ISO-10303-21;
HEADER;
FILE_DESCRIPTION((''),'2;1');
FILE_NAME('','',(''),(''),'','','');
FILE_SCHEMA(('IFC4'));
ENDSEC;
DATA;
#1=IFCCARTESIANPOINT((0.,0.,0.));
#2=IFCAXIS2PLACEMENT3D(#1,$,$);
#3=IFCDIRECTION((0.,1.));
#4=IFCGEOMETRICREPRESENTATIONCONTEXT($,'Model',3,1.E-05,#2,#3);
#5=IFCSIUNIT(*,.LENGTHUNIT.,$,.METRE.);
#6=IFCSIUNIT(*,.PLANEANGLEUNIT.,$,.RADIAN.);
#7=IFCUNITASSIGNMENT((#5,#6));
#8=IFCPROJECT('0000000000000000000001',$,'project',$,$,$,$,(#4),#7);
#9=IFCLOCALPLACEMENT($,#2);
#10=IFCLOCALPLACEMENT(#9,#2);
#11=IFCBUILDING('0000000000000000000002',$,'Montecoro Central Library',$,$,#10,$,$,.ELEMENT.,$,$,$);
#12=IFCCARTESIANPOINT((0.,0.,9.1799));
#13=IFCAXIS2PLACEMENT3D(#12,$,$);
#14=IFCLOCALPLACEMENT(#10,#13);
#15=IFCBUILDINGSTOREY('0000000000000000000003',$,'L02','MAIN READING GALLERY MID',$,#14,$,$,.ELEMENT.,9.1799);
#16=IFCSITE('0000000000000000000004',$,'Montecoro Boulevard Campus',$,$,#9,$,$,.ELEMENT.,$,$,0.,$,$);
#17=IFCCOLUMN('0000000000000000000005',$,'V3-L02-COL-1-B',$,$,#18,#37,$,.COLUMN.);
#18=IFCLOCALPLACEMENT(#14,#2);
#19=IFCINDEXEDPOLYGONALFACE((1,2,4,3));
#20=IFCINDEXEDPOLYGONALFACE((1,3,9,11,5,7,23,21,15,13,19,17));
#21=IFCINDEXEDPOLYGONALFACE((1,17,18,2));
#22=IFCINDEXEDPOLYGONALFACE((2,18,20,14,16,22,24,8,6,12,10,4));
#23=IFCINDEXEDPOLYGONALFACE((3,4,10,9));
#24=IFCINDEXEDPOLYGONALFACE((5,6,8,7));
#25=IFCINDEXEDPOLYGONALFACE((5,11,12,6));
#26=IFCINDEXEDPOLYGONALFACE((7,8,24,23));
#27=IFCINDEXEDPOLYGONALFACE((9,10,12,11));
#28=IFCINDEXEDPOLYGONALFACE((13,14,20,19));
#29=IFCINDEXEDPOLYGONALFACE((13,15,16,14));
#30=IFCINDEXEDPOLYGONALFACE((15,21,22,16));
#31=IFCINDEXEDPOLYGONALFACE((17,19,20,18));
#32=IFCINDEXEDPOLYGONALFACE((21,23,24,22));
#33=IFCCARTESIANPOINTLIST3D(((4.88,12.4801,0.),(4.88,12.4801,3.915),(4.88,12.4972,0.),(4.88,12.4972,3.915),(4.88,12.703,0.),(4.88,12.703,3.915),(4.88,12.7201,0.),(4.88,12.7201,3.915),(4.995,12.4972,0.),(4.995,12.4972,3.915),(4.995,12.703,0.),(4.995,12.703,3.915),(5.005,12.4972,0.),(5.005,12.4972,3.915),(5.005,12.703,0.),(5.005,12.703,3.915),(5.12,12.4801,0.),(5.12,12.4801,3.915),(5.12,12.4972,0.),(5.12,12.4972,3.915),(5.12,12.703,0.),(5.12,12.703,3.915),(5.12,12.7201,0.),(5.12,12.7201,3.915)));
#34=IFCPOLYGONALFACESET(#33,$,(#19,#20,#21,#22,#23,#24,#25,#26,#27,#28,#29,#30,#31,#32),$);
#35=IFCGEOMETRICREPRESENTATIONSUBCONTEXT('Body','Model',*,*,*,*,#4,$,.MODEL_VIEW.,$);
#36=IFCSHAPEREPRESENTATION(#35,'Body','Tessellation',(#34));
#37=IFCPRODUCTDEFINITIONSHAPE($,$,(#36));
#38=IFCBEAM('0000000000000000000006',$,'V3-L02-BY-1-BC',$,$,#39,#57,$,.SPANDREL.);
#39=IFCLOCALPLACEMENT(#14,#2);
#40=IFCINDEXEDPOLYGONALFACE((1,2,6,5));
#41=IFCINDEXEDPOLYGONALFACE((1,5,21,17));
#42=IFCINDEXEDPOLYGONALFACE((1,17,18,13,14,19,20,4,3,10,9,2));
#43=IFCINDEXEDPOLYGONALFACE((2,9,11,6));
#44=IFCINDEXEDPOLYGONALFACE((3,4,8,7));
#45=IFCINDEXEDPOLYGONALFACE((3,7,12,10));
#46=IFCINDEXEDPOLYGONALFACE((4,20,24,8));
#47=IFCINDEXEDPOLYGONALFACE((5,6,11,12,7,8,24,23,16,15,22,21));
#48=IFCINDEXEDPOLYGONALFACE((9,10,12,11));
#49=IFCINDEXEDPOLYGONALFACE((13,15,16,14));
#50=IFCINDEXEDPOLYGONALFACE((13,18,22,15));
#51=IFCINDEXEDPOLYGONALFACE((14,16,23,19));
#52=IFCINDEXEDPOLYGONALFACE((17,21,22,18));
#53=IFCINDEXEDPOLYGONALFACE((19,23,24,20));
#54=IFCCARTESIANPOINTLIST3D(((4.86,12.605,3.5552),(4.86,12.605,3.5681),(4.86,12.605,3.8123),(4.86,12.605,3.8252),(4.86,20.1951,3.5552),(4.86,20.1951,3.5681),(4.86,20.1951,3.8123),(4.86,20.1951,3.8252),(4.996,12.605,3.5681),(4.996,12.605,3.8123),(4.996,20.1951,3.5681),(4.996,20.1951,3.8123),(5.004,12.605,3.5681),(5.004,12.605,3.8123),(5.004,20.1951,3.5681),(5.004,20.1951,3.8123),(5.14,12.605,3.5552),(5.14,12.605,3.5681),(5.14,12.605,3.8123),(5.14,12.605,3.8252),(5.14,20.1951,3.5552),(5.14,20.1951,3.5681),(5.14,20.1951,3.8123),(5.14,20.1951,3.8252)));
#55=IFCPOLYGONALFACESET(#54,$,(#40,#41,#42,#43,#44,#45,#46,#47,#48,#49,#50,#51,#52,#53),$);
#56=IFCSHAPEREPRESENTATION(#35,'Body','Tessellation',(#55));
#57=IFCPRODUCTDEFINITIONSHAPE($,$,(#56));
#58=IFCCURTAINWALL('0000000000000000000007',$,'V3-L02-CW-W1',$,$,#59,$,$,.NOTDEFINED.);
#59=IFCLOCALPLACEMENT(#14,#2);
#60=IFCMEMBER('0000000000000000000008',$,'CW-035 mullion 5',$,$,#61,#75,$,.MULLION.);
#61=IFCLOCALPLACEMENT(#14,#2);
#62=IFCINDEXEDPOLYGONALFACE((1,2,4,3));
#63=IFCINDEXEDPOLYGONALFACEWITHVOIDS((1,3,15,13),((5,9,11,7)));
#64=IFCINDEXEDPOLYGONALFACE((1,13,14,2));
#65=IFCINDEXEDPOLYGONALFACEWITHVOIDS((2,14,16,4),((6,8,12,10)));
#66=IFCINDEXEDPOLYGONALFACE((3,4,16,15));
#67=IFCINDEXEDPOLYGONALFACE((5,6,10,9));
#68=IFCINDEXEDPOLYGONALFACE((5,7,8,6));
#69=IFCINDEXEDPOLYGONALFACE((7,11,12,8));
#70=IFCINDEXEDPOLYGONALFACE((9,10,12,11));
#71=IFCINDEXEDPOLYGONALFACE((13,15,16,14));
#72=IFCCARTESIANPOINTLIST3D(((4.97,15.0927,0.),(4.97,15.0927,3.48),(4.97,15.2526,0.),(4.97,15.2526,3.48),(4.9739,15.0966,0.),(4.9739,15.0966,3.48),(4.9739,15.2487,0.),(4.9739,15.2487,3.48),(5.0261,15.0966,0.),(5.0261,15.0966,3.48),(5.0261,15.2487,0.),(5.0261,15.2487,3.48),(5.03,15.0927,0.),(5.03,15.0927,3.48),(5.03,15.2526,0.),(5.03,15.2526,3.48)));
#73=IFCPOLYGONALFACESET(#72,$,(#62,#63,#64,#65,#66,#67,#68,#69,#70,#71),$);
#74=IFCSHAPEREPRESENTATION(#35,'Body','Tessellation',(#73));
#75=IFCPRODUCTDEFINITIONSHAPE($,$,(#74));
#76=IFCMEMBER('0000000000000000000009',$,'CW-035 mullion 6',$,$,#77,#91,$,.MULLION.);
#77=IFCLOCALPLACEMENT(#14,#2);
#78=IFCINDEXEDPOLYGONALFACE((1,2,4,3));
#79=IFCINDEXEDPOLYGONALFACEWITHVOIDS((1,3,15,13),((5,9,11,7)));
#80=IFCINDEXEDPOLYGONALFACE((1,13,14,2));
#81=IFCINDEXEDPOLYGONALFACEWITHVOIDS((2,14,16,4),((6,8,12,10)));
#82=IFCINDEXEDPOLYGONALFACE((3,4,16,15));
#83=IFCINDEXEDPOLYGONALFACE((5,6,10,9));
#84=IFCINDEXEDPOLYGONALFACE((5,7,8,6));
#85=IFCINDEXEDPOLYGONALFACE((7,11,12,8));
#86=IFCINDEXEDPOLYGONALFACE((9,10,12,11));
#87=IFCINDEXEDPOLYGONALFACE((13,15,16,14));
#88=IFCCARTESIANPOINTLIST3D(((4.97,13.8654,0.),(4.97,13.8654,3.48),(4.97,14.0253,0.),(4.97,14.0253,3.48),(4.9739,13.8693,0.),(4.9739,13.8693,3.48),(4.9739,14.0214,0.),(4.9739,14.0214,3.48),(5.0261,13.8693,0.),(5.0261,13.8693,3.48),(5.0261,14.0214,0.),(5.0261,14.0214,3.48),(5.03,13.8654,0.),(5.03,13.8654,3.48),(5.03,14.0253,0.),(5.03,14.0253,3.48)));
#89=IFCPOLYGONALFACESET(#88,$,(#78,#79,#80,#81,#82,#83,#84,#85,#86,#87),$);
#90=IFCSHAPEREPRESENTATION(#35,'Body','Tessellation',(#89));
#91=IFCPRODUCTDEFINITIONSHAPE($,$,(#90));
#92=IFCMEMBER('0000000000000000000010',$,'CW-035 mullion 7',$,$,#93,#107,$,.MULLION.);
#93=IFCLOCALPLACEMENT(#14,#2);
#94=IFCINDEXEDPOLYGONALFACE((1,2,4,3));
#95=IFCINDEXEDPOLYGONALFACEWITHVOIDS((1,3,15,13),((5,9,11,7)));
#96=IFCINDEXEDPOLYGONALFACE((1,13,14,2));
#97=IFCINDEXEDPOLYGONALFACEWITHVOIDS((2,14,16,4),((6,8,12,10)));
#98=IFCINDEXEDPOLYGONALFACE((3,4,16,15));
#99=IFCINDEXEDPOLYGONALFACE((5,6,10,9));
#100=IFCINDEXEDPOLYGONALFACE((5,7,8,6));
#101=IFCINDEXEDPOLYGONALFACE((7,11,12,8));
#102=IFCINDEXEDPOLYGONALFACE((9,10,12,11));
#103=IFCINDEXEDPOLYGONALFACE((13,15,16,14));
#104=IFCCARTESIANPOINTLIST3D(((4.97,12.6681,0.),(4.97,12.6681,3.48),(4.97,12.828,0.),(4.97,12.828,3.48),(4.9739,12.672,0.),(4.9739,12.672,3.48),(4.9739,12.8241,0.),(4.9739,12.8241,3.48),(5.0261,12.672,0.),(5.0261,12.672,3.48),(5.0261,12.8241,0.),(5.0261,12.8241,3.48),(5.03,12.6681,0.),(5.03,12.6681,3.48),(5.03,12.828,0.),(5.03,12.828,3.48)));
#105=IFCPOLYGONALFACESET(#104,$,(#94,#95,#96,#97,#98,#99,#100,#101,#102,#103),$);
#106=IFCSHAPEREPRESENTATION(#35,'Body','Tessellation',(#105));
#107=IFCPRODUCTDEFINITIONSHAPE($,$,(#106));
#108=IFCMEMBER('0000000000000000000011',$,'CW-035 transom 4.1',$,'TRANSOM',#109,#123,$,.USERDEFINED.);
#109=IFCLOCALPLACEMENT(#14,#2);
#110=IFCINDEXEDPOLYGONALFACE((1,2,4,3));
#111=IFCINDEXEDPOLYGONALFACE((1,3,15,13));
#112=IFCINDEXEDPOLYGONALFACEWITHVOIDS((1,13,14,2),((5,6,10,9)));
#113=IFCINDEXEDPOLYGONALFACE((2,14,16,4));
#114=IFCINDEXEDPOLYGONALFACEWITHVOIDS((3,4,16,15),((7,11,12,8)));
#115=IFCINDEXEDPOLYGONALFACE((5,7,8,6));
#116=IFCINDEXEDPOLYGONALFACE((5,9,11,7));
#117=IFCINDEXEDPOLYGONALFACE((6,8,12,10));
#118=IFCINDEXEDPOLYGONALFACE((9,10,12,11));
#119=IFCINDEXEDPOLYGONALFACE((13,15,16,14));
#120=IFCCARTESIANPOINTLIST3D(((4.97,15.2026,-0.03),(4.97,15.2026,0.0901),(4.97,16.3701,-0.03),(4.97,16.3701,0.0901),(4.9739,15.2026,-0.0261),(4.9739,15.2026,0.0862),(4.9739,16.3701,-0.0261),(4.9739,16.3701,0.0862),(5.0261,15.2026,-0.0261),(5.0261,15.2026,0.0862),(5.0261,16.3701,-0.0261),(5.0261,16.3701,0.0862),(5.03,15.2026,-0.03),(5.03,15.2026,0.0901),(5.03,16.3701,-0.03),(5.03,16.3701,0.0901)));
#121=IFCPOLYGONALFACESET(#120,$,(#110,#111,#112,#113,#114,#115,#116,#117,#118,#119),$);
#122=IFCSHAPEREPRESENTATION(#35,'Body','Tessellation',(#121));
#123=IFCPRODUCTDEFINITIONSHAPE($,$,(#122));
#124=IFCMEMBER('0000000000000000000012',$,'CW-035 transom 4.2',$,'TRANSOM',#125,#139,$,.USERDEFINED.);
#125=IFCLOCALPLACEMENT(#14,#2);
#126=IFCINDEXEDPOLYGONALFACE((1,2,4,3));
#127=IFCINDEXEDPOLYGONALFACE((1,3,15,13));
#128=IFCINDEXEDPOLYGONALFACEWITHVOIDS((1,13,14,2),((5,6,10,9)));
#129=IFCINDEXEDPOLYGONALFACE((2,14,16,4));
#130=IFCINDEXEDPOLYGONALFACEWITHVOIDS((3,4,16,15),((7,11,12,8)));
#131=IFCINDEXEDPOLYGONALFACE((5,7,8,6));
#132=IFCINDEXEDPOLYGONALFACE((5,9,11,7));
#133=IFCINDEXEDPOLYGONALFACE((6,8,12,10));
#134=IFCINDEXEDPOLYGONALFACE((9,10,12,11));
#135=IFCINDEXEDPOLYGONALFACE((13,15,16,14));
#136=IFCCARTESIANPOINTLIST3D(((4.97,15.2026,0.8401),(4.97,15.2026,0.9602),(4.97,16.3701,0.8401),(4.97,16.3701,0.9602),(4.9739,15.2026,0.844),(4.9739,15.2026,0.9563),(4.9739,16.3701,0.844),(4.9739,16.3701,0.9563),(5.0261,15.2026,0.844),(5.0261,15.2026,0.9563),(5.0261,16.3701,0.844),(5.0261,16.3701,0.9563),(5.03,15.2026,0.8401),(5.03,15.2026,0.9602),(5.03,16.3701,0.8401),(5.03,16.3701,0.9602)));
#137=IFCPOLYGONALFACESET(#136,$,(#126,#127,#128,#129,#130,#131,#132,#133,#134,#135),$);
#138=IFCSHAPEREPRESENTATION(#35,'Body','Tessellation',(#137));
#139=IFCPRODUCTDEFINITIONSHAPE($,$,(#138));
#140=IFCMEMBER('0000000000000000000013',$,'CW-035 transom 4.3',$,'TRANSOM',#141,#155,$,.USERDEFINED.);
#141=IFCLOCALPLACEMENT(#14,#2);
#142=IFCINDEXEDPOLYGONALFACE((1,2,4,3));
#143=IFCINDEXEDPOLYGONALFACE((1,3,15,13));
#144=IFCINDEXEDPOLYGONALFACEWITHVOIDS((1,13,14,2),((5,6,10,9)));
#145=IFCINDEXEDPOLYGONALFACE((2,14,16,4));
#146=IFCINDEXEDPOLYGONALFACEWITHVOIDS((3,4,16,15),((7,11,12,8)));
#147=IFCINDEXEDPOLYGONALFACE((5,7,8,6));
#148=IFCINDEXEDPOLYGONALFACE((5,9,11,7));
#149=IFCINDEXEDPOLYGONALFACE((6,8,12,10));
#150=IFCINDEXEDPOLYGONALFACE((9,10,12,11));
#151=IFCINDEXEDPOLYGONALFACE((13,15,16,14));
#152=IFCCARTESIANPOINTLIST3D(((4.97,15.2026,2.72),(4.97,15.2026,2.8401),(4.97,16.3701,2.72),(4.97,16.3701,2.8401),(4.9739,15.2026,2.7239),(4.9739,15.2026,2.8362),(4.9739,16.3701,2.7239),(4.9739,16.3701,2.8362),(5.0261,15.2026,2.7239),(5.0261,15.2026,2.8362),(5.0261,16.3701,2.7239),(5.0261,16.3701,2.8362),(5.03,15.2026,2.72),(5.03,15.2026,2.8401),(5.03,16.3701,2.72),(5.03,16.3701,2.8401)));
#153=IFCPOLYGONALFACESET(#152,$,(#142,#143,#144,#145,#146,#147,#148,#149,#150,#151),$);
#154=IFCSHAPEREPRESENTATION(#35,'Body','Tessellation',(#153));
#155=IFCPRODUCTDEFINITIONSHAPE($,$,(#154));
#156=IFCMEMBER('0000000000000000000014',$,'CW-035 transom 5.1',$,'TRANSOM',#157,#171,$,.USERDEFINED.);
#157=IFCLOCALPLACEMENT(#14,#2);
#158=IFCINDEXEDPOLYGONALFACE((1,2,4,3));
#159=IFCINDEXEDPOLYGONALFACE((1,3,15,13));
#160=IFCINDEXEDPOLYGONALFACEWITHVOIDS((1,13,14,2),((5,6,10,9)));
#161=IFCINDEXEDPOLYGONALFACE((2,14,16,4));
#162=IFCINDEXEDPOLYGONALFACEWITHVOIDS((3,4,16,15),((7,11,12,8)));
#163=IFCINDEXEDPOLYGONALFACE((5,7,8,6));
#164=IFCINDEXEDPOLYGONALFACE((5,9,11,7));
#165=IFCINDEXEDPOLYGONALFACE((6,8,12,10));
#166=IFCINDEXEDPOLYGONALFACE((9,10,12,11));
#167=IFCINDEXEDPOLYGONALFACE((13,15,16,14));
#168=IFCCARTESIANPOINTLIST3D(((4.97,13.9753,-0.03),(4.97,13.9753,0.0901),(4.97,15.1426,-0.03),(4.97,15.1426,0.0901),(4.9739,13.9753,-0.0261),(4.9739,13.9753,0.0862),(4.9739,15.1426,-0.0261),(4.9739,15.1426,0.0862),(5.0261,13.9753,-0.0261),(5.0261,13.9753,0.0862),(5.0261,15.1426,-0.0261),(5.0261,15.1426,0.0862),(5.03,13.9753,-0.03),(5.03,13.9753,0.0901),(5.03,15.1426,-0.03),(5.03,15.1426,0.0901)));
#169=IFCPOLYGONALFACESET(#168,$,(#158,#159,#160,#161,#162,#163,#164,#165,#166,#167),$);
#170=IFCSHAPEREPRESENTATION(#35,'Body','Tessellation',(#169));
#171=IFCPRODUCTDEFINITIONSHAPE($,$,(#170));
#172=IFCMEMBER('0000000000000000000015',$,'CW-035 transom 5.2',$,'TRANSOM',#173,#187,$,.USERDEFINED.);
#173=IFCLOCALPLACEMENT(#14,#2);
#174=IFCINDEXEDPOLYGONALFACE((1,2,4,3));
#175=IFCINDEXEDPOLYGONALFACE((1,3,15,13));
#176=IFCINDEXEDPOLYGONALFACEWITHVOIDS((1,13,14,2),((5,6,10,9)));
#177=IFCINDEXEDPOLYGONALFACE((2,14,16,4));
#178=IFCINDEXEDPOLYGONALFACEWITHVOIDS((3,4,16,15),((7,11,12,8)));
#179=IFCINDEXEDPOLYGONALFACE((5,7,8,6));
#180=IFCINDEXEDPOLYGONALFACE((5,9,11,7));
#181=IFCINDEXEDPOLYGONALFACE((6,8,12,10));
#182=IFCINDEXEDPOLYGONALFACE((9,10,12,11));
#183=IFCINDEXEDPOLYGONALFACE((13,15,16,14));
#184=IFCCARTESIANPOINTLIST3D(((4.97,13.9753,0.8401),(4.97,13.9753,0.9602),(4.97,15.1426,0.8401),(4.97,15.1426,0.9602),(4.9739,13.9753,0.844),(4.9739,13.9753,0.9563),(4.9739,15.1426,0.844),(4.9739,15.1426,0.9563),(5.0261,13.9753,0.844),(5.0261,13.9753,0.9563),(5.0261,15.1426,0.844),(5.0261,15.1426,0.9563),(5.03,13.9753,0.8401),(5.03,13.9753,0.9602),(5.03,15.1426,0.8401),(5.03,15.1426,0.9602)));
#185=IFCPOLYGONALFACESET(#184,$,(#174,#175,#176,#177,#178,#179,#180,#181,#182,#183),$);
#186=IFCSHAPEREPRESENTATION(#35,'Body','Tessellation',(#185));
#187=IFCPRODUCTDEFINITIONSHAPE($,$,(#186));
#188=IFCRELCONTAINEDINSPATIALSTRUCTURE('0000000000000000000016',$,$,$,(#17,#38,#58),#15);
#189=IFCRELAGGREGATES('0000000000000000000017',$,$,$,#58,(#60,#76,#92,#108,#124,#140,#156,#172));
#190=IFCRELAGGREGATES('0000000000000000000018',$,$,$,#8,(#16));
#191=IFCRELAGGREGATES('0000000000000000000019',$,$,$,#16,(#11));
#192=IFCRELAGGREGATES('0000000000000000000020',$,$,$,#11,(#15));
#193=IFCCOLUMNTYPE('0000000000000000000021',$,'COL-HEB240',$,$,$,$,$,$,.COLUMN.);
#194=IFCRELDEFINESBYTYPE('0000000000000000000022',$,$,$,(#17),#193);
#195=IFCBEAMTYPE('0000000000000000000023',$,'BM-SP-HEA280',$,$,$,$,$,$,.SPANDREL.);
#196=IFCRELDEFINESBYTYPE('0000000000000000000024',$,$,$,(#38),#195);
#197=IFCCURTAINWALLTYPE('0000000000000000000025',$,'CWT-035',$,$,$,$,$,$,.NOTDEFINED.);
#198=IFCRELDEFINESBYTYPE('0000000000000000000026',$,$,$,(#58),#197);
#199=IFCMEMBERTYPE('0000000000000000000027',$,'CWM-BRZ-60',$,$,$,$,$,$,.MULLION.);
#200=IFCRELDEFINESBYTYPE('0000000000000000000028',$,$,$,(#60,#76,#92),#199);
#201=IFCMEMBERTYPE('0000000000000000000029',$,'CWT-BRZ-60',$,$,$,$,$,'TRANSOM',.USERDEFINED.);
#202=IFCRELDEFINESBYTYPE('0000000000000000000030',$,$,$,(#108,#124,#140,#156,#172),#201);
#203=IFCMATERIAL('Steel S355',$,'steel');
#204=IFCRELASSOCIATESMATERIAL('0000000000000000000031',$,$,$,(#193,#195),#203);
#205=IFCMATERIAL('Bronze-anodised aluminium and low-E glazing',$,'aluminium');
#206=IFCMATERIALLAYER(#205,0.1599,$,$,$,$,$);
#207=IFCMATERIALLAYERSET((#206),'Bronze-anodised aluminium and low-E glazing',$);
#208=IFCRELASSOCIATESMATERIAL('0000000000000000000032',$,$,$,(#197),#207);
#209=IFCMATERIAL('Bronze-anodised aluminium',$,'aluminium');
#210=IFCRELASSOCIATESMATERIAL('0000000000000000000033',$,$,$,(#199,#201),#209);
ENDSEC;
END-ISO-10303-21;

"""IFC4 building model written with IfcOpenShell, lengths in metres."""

from ifc_helpers import new_model, si_unit, direction, frame, origin, origin_2d, place, context, subcontext, project, spatial, hollow_rectangle, i_section, extrude, material, layer, layer_set, material_profile, profile_set, type_object, element, aggregate, save


model = new_model("IFC4")

# Units and contexts
model_context = context("Model", 3, precision=1e-05, world=origin(), true_north=direction((0.0, 1.0)))
body_context = subcontext(model_context, "Body", "Model", "MODEL_VIEW")
ifc_project = project(units=[si_unit("LENGTHUNIT", "METRE"), si_unit("PLANEANGLEUNIT", "RADIAN")], contexts=[model_context])

# Site, building, storey
site_placement = place(None, origin())
site = spatial("IfcSite", under=ifc_project, at=site_placement, Name="Montecoro Boulevard Campus", CompositionType="ELEMENT", RefElevation=0.0)
building_placement = place(site_placement, origin())
building = spatial("IfcBuilding", under=site, at=building_placement, Name="Montecoro Central Library", CompositionType="ELEMENT")
storey_placement = place(building_placement, frame((0.0, 0.0, 9.1799)))
storey = spatial("IfcBuildingStorey", under=building, at=storey_placement, Name="L02", Description="MAIN READING GALLERY MID", CompositionType="ELEMENT", Elevation=9.1799)

# Column
ifc_material_1 = material(Name="Steel S355", Category="steel")
ifc_material_profile_1 = material_profile(ifc_material_1, i_section(OverallWidth=0.24, OverallDepth=0.24, WebThickness=0.01, FlangeThickness=0.0171, at=origin_2d()), Name="HEB 240")
ifc_profile_set_1 = profile_set([ifc_material_profile_1], Name="Steel S355")
column_type = type_object("IfcColumnType", Name="COL-HEB240", PredefinedType="COLUMN", material=ifc_profile_set_1)
column_placement = place(storey_placement, frame((5.0, 12.6001, 0.0), z_axis=(0.0, 0.0, 1.0), x_axis=(1.0, 0.0, 0.0)))
element("IfcColumn", 1, at=column_placement, inside=storey, type_object=column_type, Name="V3-L02-COL-1-B", PredefinedType="COLUMN", context=body_context, shape_type="SweptSolid", body=[
    extrude(i_section(OverallWidth=0.24, OverallDepth=0.24, WebThickness=0.01, FlangeThickness=0.0171, at=origin_2d()), origin(), (0.0, 0.0, 1.0), 3.915),
])

# Beam
ifc_material_profile_2 = material_profile(ifc_material_1, i_section(OverallWidth=0.28, OverallDepth=0.27, WebThickness=0.0081, FlangeThickness=0.0129, at=origin_2d()), Name="HEA 280")
ifc_profile_set_2 = profile_set([ifc_material_profile_2], Name="Steel S355")
beam_type = type_object("IfcBeamType", Name="BM-SP-HEA280", PredefinedType="SPANDREL", material=ifc_profile_set_2)
beam_placement = place(storey_placement, frame((5.0, 12.605, 3.6902), z_axis=(0.0, 1.0, 0.0), x_axis=(-1.0, 0.0, 0.0)))
element("IfcBeam", 2, at=beam_placement, inside=storey, type_object=beam_type, Name="V3-L02-BY-1-BC", PredefinedType="SPANDREL", context=body_context, shape_type="SweptSolid", body=[
    extrude(i_section(OverallWidth=0.28, OverallDepth=0.27, WebThickness=0.0081, FlangeThickness=0.0129, at=origin_2d()), origin(), (0.0, 0.0, 1.0), 7.5901),
])

# Curtain wall, members
ifc_material_2 = material(Name="Bronze-anodised aluminium and low-E glazing", Category="aluminium")
ifc_layer_1 = layer(ifc_material_2, 0.1599)
ifc_layer_set_1 = layer_set([ifc_layer_1], Name="Bronze-anodised aluminium and low-E glazing")
curtain_wall_type = type_object("IfcCurtainWallType", Name="CWT-035", PredefinedType="NOTDEFINED", material=ifc_layer_set_1)
curtain_wall_placement = place(storey_placement, origin())
curtain_wall = element("IfcCurtainWall", 3, at=curtain_wall_placement, inside=storey, type_object=curtain_wall_type, Name="V3-L02-CW-W1", PredefinedType="NOTDEFINED")
ifc_material_3 = material(Name="Bronze-anodised aluminium", Category="aluminium")
ifc_material_profile_3 = material_profile(ifc_material_3, hollow_rectangle(XDim=0.0601, YDim=0.1599, WallThickness=0.0039, at=origin_2d()), Name="CWM 160x60x4.0")
ifc_profile_set_3 = profile_set([ifc_material_profile_3], Name="Bronze-anodised aluminium")
member_type_1 = type_object("IfcMemberType", Name="CWM-BRZ-60", PredefinedType="MULLION", material=ifc_profile_set_3)
member_1_placement = place(storey_placement, frame((5.0, 15.1726, 0.0), z_axis=(0.0, 0.0, 1.0), x_axis=(1.0, 0.0, 0.0)))
member_1 = element("IfcMember", 4, at=member_1_placement, type_object=member_type_1, Name="CW-035 mullion 5", PredefinedType="MULLION", context=body_context, shape_type="SweptSolid", body=[
    extrude(hollow_rectangle(XDim=0.0601, YDim=0.1599, WallThickness=0.0039, at=origin_2d()), origin(), (0.0, 0.0, 1.0), 3.48),
])
member_2_placement = place(storey_placement, frame((5.0, 13.9453, 0.0), z_axis=(0.0, 0.0, 1.0), x_axis=(1.0, 0.0, 0.0)))
member_2 = element("IfcMember", 5, at=member_2_placement, type_object=member_type_1, Name="CW-035 mullion 6", PredefinedType="MULLION", context=body_context, shape_type="SweptSolid", body=[
    extrude(hollow_rectangle(XDim=0.0601, YDim=0.1599, WallThickness=0.0039, at=origin_2d()), origin(), (0.0, 0.0, 1.0), 3.48),
])
member_3_placement = place(storey_placement, frame((5.0, 12.748, 0.0), z_axis=(0.0, 0.0, 1.0), x_axis=(1.0, 0.0, 0.0)))
member_3 = element("IfcMember", 6, at=member_3_placement, type_object=member_type_1, Name="CW-035 mullion 7", PredefinedType="MULLION", context=body_context, shape_type="SweptSolid", body=[
    extrude(hollow_rectangle(XDim=0.0601, YDim=0.1599, WallThickness=0.0039, at=origin_2d()), origin(), (0.0, 0.0, 1.0), 3.48),
])
ifc_material_profile_4 = material_profile(ifc_material_3, hollow_rectangle(XDim=0.0601, YDim=0.1201, WallThickness=0.0039, at=origin_2d()), Name="CWT 120x60x4.0")
ifc_profile_set_4 = profile_set([ifc_material_profile_4], Name="Bronze-anodised aluminium")
member_type_2 = type_object("IfcMemberType", Name="CWT-BRZ-60", ElementType="TRANSOM", PredefinedType="USERDEFINED", material=ifc_profile_set_4)
member_4_placement = place(storey_placement, frame((5.0, 16.3701, 0.03), z_axis=(0.0, -1.0, 0.0), x_axis=(1.0, 0.0, 0.0)))
member_4 = element("IfcMember", 7, at=member_4_placement, type_object=member_type_2, Name="CW-035 transom 4.1", ObjectType="TRANSOM", PredefinedType="USERDEFINED", context=body_context, shape_type="SweptSolid", body=[
    extrude(hollow_rectangle(XDim=0.0601, YDim=0.1201, WallThickness=0.0039, at=origin_2d()), origin(), (0.0, 0.0, 1.0), 1.1675),
])
member_5_placement = place(storey_placement, frame((5.0, 16.3701, 0.9001), z_axis=(0.0, -1.0, 0.0), x_axis=(1.0, 0.0, 0.0)))
member_5 = element("IfcMember", 8, at=member_5_placement, type_object=member_type_2, Name="CW-035 transom 4.2", ObjectType="TRANSOM", PredefinedType="USERDEFINED", context=body_context, shape_type="SweptSolid", body=[
    extrude(hollow_rectangle(XDim=0.0601, YDim=0.1201, WallThickness=0.0039, at=origin_2d()), origin(), (0.0, 0.0, 1.0), 1.1675),
])
member_6_placement = place(storey_placement, frame((5.0, 16.3701, 2.78), z_axis=(0.0, -1.0, 0.0), x_axis=(1.0, 0.0, 0.0)))
member_6 = element("IfcMember", 9, at=member_6_placement, type_object=member_type_2, Name="CW-035 transom 4.3", ObjectType="TRANSOM", PredefinedType="USERDEFINED", context=body_context, shape_type="SweptSolid", body=[
    extrude(hollow_rectangle(XDim=0.0601, YDim=0.1201, WallThickness=0.0039, at=origin_2d()), origin(), (0.0, 0.0, 1.0), 1.1675),
])
member_7_placement = place(storey_placement, frame((5.0, 15.1426, 0.03), z_axis=(0.0, -1.0, 0.0), x_axis=(1.0, 0.0, 0.0)))
member_7 = element("IfcMember", 10, at=member_7_placement, type_object=member_type_2, Name="CW-035 transom 5.1", ObjectType="TRANSOM", PredefinedType="USERDEFINED", context=body_context, shape_type="SweptSolid", body=[
    extrude(hollow_rectangle(XDim=0.0601, YDim=0.1201, WallThickness=0.0039, at=origin_2d()), origin(), (0.0, 0.0, 1.0), 1.1672),
])
member_8_placement = place(storey_placement, frame((5.0, 15.1426, 0.9001), z_axis=(0.0, -1.0, 0.0), x_axis=(1.0, 0.0, 0.0)))
member_8 = element("IfcMember", 11, at=member_8_placement, type_object=member_type_2, Name="CW-035 transom 5.2", ObjectType="TRANSOM", PredefinedType="USERDEFINED", context=body_context, shape_type="SweptSolid", body=[
    extrude(hollow_rectangle(XDim=0.0601, YDim=0.1201, WallThickness=0.0039, at=origin_2d()), origin(), (0.0, 0.0, 1.0), 1.1672),
])
aggregate(curtain_wall, [member_1, member_2, member_3, member_4, member_5, member_6, member_7, member_8])

save(model, "model.ifc")
